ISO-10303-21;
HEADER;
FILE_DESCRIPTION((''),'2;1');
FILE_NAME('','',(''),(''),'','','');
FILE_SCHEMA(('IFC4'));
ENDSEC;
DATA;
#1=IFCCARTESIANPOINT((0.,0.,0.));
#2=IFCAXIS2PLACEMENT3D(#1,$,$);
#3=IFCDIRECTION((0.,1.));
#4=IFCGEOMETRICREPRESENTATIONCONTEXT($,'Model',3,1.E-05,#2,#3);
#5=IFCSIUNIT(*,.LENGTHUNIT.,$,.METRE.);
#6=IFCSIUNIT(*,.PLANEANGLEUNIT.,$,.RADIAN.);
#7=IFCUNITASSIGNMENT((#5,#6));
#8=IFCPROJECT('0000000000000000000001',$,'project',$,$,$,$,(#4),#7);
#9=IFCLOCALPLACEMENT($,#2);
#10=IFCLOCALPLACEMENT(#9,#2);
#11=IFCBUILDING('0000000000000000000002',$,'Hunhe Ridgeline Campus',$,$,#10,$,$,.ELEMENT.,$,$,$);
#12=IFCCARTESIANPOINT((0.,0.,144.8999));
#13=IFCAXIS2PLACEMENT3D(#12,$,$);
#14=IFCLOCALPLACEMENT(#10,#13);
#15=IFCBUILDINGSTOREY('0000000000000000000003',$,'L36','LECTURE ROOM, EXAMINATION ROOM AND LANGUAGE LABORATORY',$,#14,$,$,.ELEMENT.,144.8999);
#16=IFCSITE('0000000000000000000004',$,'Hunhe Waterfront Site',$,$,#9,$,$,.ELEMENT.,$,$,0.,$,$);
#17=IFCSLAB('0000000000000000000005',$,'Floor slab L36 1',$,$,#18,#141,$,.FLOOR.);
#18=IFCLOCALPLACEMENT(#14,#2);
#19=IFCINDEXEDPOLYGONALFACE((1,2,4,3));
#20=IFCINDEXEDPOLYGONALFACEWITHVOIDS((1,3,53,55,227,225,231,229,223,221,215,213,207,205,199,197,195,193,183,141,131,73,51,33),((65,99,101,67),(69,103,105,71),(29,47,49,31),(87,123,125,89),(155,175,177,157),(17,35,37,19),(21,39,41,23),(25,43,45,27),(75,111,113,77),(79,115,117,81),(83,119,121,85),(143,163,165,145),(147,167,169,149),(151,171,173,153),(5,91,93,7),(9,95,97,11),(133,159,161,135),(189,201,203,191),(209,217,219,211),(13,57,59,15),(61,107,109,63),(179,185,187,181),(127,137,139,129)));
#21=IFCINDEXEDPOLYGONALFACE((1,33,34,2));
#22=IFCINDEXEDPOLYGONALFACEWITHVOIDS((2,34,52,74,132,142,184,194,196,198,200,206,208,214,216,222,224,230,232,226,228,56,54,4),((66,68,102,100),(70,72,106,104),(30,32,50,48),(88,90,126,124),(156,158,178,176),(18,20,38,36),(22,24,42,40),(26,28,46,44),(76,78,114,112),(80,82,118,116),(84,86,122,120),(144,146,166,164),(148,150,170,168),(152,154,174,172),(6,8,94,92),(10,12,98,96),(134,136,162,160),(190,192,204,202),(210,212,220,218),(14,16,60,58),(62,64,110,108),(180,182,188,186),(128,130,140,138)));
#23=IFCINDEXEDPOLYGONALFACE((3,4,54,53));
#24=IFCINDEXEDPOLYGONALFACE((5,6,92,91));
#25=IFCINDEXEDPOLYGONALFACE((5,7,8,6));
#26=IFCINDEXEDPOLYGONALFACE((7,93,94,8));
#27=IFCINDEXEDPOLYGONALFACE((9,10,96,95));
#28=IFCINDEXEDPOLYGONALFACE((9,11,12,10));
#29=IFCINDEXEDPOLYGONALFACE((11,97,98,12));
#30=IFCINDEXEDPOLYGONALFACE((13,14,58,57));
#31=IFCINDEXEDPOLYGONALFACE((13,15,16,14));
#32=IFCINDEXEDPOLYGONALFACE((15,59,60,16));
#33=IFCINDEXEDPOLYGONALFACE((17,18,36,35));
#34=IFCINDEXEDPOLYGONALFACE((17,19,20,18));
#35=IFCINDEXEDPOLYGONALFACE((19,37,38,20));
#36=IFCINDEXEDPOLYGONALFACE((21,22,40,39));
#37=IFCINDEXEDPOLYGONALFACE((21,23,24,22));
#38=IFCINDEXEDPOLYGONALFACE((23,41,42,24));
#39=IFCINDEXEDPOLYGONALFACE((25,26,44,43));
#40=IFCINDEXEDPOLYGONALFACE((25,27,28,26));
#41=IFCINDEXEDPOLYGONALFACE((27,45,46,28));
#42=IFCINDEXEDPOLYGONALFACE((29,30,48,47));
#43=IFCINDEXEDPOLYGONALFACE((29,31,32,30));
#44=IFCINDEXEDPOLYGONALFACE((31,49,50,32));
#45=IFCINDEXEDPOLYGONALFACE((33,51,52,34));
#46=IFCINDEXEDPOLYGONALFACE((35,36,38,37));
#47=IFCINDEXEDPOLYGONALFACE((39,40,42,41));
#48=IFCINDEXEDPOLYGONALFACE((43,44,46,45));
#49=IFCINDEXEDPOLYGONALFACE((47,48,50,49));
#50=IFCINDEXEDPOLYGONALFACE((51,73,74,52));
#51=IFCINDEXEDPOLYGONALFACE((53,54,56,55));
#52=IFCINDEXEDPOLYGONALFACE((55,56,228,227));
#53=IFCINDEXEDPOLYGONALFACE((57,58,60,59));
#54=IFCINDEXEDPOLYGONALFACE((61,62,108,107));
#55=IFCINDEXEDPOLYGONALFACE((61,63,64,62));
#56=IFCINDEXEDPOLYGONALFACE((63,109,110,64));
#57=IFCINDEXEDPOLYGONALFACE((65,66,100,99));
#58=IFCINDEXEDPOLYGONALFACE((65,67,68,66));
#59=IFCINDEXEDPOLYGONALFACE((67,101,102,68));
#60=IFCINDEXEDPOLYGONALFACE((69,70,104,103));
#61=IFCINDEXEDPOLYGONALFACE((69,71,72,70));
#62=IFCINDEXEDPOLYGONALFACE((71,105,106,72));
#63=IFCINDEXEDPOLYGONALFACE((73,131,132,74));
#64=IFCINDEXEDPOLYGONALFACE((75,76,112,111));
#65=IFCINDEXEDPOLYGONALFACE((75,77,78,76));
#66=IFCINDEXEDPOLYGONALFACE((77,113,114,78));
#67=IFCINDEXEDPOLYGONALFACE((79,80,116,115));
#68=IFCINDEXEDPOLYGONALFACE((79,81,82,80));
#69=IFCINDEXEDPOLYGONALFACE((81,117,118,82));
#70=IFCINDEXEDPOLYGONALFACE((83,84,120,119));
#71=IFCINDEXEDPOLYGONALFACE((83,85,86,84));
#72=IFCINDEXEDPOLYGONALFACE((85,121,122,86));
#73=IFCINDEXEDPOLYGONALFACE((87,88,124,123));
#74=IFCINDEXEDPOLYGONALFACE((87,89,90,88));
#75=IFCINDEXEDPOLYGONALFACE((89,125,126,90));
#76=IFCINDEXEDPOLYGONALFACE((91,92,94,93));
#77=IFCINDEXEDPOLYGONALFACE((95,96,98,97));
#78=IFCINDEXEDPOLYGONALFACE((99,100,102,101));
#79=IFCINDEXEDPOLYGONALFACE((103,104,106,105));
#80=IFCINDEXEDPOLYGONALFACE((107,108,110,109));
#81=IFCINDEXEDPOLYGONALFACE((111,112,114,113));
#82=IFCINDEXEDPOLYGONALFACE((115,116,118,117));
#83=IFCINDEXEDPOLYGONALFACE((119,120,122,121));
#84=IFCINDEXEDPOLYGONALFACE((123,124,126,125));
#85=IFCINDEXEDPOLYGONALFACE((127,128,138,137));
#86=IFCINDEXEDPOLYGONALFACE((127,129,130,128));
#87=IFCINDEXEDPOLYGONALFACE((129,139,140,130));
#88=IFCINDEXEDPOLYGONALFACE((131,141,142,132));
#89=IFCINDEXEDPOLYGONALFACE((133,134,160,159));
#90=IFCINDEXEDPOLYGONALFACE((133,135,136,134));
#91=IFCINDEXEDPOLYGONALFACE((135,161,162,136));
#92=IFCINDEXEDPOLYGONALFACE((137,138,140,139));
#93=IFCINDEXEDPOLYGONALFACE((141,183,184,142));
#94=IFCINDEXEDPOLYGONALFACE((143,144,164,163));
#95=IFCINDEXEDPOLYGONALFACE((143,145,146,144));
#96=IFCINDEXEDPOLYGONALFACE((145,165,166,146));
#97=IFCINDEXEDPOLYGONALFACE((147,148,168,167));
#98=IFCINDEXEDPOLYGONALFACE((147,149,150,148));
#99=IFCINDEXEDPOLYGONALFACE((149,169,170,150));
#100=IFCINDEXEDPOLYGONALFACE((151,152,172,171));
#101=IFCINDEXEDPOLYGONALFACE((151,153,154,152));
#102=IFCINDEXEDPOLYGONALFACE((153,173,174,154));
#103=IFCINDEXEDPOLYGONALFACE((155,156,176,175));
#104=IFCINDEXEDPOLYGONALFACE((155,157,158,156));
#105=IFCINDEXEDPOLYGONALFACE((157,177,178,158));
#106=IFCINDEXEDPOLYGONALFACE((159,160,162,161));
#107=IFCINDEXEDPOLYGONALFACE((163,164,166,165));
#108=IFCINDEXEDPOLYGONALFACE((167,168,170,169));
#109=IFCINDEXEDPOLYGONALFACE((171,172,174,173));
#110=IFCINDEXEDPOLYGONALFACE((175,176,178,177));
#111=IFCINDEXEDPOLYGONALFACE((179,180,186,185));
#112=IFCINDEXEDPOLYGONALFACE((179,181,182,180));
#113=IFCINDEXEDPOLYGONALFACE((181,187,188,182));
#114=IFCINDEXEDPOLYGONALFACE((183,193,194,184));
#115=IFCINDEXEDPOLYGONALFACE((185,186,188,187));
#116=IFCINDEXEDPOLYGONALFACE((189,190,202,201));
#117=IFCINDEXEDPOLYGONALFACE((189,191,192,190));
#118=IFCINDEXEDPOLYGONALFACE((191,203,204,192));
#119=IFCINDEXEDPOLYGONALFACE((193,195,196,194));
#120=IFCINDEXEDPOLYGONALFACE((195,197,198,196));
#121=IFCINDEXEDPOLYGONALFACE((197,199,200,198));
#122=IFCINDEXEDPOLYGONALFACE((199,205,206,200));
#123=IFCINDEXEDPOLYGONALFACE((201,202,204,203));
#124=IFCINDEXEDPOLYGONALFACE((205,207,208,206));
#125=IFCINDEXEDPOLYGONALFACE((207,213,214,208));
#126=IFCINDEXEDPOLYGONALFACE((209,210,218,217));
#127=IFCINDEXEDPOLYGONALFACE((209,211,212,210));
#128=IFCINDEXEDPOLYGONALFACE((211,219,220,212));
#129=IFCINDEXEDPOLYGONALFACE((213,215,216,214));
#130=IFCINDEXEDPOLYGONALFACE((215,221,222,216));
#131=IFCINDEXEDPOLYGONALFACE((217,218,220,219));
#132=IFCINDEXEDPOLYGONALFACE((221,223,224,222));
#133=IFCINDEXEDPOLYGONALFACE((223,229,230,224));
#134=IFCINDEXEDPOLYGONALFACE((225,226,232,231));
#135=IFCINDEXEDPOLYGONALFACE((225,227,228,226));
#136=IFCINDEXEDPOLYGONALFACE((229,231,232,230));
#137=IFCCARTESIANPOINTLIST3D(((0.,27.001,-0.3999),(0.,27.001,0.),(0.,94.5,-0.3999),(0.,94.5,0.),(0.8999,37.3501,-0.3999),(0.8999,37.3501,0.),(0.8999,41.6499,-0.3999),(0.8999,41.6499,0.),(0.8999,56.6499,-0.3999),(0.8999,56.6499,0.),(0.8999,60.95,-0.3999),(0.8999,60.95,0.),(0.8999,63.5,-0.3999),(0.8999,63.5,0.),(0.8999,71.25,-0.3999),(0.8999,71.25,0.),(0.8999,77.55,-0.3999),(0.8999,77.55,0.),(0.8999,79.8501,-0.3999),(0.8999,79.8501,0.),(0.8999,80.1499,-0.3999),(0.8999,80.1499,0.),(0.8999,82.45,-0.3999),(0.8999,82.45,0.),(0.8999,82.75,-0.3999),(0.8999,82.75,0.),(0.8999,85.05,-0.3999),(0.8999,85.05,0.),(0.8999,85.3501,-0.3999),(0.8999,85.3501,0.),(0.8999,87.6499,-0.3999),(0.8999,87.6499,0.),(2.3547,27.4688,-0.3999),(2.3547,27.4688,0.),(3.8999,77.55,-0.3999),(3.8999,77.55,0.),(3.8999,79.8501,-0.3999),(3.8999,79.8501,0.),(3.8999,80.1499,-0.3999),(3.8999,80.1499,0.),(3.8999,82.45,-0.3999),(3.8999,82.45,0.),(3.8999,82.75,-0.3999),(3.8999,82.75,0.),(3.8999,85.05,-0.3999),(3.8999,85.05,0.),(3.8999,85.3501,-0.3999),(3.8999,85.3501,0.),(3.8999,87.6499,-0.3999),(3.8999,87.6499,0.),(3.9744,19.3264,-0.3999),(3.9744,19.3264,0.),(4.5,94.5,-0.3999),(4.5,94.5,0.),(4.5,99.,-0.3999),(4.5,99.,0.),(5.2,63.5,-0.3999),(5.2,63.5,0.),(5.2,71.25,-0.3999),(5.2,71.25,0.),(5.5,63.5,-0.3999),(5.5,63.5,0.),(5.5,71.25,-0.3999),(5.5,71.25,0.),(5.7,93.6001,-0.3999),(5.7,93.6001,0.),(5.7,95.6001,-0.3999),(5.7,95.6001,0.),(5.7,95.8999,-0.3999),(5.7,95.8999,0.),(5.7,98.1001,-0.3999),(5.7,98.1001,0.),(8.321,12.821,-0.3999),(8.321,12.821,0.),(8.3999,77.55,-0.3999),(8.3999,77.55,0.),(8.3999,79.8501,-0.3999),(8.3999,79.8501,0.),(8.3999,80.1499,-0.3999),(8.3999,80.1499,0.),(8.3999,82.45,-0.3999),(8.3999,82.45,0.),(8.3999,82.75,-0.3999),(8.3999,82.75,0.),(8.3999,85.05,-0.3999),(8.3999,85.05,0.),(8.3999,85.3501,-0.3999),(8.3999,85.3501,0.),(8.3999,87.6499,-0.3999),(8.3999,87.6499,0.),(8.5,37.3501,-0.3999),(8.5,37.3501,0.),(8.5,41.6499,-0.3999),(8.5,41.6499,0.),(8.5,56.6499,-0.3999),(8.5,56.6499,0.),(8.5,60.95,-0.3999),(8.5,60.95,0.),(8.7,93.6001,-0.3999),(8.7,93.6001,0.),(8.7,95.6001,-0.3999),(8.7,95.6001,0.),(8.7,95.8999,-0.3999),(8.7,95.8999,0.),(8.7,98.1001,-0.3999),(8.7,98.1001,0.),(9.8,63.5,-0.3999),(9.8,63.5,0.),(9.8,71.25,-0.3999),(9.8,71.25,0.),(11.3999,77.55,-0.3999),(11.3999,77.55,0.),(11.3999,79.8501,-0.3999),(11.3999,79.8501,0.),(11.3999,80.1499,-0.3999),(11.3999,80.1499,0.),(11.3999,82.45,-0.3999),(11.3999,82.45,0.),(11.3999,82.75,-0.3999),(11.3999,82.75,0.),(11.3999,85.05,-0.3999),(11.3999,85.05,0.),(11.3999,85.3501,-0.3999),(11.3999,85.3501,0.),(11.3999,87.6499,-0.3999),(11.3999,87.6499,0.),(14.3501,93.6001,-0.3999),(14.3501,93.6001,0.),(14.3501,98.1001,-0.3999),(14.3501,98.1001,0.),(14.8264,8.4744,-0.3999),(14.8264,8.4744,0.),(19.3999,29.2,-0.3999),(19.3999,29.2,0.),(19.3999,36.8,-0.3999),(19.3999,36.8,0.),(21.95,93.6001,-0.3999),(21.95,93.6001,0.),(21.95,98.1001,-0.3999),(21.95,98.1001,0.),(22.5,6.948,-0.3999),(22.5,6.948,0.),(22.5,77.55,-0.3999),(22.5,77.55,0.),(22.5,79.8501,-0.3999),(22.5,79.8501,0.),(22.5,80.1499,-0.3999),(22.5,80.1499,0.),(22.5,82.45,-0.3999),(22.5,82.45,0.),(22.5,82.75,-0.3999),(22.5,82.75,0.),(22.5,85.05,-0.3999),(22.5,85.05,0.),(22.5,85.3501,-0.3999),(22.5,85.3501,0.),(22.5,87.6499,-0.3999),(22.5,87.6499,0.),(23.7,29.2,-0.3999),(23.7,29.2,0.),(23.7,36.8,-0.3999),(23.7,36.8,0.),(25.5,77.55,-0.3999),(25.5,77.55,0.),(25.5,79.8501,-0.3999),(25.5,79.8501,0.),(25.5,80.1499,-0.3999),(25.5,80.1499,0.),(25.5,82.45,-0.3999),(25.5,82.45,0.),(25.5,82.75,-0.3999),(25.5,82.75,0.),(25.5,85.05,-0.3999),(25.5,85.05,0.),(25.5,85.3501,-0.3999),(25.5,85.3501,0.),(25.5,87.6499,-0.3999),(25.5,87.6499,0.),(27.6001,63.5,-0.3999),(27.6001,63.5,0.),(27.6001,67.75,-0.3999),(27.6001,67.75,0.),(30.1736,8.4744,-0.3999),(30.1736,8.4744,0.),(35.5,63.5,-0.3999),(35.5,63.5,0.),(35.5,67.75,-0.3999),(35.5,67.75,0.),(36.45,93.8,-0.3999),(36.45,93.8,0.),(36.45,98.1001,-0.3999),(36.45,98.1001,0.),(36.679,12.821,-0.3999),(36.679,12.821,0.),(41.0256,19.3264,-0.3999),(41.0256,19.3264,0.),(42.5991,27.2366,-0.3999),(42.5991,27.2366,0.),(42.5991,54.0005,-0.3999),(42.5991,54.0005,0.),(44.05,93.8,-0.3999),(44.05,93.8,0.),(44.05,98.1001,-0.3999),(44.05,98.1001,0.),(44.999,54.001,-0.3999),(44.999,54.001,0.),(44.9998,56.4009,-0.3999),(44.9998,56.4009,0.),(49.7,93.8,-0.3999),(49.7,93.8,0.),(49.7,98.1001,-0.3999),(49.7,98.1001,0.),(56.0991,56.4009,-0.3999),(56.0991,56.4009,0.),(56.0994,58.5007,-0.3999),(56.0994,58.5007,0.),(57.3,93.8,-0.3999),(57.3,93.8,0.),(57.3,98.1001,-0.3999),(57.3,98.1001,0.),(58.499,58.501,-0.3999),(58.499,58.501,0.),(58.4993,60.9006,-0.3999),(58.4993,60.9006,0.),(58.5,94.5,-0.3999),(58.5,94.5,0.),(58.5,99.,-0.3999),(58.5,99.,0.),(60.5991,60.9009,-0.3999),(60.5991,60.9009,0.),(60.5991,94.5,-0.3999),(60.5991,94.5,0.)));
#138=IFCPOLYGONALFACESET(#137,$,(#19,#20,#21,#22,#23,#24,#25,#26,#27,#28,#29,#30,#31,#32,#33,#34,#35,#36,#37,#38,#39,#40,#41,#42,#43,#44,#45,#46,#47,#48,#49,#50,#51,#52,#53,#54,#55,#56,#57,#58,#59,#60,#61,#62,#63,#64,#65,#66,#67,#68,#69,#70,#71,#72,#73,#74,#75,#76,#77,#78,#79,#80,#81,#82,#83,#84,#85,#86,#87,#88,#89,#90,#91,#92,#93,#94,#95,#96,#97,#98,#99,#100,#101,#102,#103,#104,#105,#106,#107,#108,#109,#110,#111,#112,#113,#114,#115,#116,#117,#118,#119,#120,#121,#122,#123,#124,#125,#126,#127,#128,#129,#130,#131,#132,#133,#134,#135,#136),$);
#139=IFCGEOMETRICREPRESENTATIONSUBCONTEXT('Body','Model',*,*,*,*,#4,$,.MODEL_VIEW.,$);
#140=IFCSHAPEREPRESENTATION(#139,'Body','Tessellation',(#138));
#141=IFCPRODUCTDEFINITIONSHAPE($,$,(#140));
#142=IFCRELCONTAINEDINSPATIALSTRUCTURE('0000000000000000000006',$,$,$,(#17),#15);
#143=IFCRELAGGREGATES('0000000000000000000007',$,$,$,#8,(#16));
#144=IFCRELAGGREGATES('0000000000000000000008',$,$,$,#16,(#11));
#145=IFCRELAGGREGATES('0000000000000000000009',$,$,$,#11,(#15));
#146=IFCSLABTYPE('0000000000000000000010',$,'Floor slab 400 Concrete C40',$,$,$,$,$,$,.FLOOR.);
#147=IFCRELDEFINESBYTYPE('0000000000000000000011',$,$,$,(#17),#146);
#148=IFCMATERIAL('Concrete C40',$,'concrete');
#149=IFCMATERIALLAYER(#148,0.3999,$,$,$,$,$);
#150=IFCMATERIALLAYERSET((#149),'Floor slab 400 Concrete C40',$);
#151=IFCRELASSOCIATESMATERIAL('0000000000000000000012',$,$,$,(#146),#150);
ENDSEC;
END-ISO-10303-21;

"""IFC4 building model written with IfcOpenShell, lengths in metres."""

from ifc_helpers import new_model, si_unit, direction, frame, origin, place, context, subcontext, project, spatial, polyline, outline, extrude, material, layer, layer_set, type_object, element, save


model = new_model("IFC4")

# Units and contexts
model_context = context("Model", 3, precision=1e-05, world=origin(), true_north=direction((0.0, 1.0)))
body_context = subcontext(model_context, "Body", "Model", "MODEL_VIEW")
ifc_project = project(units=[si_unit("LENGTHUNIT", "METRE"), si_unit("PLANEANGLEUNIT", "RADIAN")], contexts=[model_context])

# Site, building, storey
site_placement = place(None, origin())
site = spatial("IfcSite", under=ifc_project, at=site_placement, Name="Hunhe Waterfront Site", CompositionType="ELEMENT", RefElevation=0.0)
building_placement = place(site_placement, origin())
building = spatial("IfcBuilding", under=site, at=building_placement, Name="Hunhe Ridgeline Campus", CompositionType="ELEMENT")
storey_placement = place(building_placement, frame((0.0, 0.0, 144.8999)))
storey = spatial("IfcBuildingStorey", under=building, at=storey_placement, Name="L36", Description="LECTURE ROOM, EXAMINATION ROOM AND LANGUAGE LABORATORY", CompositionType="ELEMENT", Elevation=144.8999)

# Slab
ifc_material_1 = material(Name="Concrete C40", Category="concrete")
ifc_layer_1 = layer(ifc_material_1, 0.3999)
ifc_layer_set_1 = layer_set([ifc_layer_1], Name="Floor slab 400 Concrete C40")
slab_type_1 = type_object("IfcSlabType", Name="Floor slab 400 Concrete C40", PredefinedType="FLOOR", material=ifc_layer_set_1)
slab_1_placement = place(storey_placement, frame((0.0, 0.0, -0.3999)))
element("IfcSlab", 1, at=slab_1_placement, inside=storey, type_object=slab_type_1, Name="Floor slab L36 1", PredefinedType="FLOOR", context=body_context, shape_type="SweptSolid", body=[
    extrude(outline(polyline([(2.3547, 27.4688), (3.9744, 19.3264), (8.321, 12.821), (14.8264, 8.4744), (22.5, 6.948), (30.1736, 8.4744), (36.679, 12.821), (41.0256, 19.3264), (42.5991, 27.2366), (42.5991, 54.0005), (44.999, 54.001), (44.9998, 56.4009), (56.0991, 56.4009), (56.0994, 58.5007), (58.499, 58.501), (58.4993, 60.9006), (60.5991, 60.9009), (60.5991, 94.5), (58.5, 94.5), (58.5, 99.0), (4.5, 99.0), (4.5, 94.5), (0.0, 94.5), (0.0, 27.001), (2.3547, 27.4688)]), holes=[polyline([(49.7, 93.8), (57.3, 93.8), (57.3, 98.1001), (49.7, 98.1001), (49.7, 93.8)]), polyline([(44.05, 93.8), (44.05, 98.1001), (36.45, 98.1001), (36.45, 93.8), (44.05, 93.8)]), polyline([(35.5, 67.75), (27.6001, 67.75), (27.6001, 63.5), (35.5, 63.5), (35.5, 67.75)]), polyline([(25.5, 82.75), (25.5, 85.05), (22.5, 85.05), (22.5, 82.75), (25.5, 82.75)]), polyline([(25.5, 82.45), (22.5, 82.45), (22.5, 80.1499), (25.5, 80.1499), (25.5, 82.45)]), polyline([(22.5, 85.3501), (25.5, 85.3501), (25.5, 87.6499), (22.5, 87.6499), (22.5, 85.3501)]), polyline([(22.5, 79.8501), (22.5, 77.55), (25.5, 77.55), (25.5, 79.8501), (22.5, 79.8501)]), polyline([(19.3999, 29.2), (23.7, 29.2), (23.7, 36.8), (19.3999, 36.8), (19.3999, 29.2)]), polyline([(21.95, 93.6001), (21.95, 98.1001), (14.3501, 98.1001), (14.3501, 93.6001), (21.95, 93.6001)]), polyline([(8.3999, 79.8501), (8.3999, 77.55), (11.3999, 77.55), (11.3999, 79.8501), (8.3999, 79.8501)]), polyline([(8.3999, 85.3501), (11.3999, 85.3501), (11.3999, 87.6499), (8.3999, 87.6499), (8.3999, 85.3501)]), polyline([(11.3999, 82.45), (8.3999, 82.45), (8.3999, 80.1499), (11.3999, 80.1499), (11.3999, 82.45)]), polyline([(11.3999, 82.75), (11.3999, 85.05), (8.3999, 85.05), (8.3999, 82.75), (11.3999, 82.75)]), polyline([(5.5, 71.25), (5.5, 63.5), (9.8, 63.5), (9.8, 71.25), (5.5, 71.25)]), polyline([(8.7, 98.1001), (5.7, 98.1001), (5.7, 95.8999), (8.7, 95.8999), (8.7, 98.1001)]), polyline([(5.7, 95.6001), (5.7, 93.6001), (8.7, 93.6001), (8.7, 95.6001), (5.7, 95.6001)]), polyline([(0.8999, 60.95), (0.8999, 56.6499), (8.5, 56.6499), (8.5, 60.95), (0.8999, 60.95)]), polyline([(0.8999, 37.3501), (8.5, 37.3501), (8.5, 41.6499), (0.8999, 41.6499), (0.8999, 37.3501)]), polyline([(0.8999, 63.5), (5.2, 63.5), (5.2, 71.25), (0.8999, 71.25), (0.8999, 63.5)]), polyline([(3.8999, 82.75), (3.8999, 85.05), (0.8999, 85.05), (0.8999, 82.75), (3.8999, 82.75)]), polyline([(3.8999, 82.45), (0.8999, 82.45), (0.8999, 80.1499), (3.8999, 80.1499), (3.8999, 82.45)]), polyline([(0.8999, 85.3501), (3.8999, 85.3501), (3.8999, 87.6499), (0.8999, 87.6499), (0.8999, 85.3501)]), polyline([(0.8999, 79.8501), (0.8999, 77.55), (3.8999, 77.55), (3.8999, 79.8501), (0.8999, 79.8501)])]), origin(), (0.0, 0.0, 1.0), 0.3999),
])

save(model, "model.ifc")
